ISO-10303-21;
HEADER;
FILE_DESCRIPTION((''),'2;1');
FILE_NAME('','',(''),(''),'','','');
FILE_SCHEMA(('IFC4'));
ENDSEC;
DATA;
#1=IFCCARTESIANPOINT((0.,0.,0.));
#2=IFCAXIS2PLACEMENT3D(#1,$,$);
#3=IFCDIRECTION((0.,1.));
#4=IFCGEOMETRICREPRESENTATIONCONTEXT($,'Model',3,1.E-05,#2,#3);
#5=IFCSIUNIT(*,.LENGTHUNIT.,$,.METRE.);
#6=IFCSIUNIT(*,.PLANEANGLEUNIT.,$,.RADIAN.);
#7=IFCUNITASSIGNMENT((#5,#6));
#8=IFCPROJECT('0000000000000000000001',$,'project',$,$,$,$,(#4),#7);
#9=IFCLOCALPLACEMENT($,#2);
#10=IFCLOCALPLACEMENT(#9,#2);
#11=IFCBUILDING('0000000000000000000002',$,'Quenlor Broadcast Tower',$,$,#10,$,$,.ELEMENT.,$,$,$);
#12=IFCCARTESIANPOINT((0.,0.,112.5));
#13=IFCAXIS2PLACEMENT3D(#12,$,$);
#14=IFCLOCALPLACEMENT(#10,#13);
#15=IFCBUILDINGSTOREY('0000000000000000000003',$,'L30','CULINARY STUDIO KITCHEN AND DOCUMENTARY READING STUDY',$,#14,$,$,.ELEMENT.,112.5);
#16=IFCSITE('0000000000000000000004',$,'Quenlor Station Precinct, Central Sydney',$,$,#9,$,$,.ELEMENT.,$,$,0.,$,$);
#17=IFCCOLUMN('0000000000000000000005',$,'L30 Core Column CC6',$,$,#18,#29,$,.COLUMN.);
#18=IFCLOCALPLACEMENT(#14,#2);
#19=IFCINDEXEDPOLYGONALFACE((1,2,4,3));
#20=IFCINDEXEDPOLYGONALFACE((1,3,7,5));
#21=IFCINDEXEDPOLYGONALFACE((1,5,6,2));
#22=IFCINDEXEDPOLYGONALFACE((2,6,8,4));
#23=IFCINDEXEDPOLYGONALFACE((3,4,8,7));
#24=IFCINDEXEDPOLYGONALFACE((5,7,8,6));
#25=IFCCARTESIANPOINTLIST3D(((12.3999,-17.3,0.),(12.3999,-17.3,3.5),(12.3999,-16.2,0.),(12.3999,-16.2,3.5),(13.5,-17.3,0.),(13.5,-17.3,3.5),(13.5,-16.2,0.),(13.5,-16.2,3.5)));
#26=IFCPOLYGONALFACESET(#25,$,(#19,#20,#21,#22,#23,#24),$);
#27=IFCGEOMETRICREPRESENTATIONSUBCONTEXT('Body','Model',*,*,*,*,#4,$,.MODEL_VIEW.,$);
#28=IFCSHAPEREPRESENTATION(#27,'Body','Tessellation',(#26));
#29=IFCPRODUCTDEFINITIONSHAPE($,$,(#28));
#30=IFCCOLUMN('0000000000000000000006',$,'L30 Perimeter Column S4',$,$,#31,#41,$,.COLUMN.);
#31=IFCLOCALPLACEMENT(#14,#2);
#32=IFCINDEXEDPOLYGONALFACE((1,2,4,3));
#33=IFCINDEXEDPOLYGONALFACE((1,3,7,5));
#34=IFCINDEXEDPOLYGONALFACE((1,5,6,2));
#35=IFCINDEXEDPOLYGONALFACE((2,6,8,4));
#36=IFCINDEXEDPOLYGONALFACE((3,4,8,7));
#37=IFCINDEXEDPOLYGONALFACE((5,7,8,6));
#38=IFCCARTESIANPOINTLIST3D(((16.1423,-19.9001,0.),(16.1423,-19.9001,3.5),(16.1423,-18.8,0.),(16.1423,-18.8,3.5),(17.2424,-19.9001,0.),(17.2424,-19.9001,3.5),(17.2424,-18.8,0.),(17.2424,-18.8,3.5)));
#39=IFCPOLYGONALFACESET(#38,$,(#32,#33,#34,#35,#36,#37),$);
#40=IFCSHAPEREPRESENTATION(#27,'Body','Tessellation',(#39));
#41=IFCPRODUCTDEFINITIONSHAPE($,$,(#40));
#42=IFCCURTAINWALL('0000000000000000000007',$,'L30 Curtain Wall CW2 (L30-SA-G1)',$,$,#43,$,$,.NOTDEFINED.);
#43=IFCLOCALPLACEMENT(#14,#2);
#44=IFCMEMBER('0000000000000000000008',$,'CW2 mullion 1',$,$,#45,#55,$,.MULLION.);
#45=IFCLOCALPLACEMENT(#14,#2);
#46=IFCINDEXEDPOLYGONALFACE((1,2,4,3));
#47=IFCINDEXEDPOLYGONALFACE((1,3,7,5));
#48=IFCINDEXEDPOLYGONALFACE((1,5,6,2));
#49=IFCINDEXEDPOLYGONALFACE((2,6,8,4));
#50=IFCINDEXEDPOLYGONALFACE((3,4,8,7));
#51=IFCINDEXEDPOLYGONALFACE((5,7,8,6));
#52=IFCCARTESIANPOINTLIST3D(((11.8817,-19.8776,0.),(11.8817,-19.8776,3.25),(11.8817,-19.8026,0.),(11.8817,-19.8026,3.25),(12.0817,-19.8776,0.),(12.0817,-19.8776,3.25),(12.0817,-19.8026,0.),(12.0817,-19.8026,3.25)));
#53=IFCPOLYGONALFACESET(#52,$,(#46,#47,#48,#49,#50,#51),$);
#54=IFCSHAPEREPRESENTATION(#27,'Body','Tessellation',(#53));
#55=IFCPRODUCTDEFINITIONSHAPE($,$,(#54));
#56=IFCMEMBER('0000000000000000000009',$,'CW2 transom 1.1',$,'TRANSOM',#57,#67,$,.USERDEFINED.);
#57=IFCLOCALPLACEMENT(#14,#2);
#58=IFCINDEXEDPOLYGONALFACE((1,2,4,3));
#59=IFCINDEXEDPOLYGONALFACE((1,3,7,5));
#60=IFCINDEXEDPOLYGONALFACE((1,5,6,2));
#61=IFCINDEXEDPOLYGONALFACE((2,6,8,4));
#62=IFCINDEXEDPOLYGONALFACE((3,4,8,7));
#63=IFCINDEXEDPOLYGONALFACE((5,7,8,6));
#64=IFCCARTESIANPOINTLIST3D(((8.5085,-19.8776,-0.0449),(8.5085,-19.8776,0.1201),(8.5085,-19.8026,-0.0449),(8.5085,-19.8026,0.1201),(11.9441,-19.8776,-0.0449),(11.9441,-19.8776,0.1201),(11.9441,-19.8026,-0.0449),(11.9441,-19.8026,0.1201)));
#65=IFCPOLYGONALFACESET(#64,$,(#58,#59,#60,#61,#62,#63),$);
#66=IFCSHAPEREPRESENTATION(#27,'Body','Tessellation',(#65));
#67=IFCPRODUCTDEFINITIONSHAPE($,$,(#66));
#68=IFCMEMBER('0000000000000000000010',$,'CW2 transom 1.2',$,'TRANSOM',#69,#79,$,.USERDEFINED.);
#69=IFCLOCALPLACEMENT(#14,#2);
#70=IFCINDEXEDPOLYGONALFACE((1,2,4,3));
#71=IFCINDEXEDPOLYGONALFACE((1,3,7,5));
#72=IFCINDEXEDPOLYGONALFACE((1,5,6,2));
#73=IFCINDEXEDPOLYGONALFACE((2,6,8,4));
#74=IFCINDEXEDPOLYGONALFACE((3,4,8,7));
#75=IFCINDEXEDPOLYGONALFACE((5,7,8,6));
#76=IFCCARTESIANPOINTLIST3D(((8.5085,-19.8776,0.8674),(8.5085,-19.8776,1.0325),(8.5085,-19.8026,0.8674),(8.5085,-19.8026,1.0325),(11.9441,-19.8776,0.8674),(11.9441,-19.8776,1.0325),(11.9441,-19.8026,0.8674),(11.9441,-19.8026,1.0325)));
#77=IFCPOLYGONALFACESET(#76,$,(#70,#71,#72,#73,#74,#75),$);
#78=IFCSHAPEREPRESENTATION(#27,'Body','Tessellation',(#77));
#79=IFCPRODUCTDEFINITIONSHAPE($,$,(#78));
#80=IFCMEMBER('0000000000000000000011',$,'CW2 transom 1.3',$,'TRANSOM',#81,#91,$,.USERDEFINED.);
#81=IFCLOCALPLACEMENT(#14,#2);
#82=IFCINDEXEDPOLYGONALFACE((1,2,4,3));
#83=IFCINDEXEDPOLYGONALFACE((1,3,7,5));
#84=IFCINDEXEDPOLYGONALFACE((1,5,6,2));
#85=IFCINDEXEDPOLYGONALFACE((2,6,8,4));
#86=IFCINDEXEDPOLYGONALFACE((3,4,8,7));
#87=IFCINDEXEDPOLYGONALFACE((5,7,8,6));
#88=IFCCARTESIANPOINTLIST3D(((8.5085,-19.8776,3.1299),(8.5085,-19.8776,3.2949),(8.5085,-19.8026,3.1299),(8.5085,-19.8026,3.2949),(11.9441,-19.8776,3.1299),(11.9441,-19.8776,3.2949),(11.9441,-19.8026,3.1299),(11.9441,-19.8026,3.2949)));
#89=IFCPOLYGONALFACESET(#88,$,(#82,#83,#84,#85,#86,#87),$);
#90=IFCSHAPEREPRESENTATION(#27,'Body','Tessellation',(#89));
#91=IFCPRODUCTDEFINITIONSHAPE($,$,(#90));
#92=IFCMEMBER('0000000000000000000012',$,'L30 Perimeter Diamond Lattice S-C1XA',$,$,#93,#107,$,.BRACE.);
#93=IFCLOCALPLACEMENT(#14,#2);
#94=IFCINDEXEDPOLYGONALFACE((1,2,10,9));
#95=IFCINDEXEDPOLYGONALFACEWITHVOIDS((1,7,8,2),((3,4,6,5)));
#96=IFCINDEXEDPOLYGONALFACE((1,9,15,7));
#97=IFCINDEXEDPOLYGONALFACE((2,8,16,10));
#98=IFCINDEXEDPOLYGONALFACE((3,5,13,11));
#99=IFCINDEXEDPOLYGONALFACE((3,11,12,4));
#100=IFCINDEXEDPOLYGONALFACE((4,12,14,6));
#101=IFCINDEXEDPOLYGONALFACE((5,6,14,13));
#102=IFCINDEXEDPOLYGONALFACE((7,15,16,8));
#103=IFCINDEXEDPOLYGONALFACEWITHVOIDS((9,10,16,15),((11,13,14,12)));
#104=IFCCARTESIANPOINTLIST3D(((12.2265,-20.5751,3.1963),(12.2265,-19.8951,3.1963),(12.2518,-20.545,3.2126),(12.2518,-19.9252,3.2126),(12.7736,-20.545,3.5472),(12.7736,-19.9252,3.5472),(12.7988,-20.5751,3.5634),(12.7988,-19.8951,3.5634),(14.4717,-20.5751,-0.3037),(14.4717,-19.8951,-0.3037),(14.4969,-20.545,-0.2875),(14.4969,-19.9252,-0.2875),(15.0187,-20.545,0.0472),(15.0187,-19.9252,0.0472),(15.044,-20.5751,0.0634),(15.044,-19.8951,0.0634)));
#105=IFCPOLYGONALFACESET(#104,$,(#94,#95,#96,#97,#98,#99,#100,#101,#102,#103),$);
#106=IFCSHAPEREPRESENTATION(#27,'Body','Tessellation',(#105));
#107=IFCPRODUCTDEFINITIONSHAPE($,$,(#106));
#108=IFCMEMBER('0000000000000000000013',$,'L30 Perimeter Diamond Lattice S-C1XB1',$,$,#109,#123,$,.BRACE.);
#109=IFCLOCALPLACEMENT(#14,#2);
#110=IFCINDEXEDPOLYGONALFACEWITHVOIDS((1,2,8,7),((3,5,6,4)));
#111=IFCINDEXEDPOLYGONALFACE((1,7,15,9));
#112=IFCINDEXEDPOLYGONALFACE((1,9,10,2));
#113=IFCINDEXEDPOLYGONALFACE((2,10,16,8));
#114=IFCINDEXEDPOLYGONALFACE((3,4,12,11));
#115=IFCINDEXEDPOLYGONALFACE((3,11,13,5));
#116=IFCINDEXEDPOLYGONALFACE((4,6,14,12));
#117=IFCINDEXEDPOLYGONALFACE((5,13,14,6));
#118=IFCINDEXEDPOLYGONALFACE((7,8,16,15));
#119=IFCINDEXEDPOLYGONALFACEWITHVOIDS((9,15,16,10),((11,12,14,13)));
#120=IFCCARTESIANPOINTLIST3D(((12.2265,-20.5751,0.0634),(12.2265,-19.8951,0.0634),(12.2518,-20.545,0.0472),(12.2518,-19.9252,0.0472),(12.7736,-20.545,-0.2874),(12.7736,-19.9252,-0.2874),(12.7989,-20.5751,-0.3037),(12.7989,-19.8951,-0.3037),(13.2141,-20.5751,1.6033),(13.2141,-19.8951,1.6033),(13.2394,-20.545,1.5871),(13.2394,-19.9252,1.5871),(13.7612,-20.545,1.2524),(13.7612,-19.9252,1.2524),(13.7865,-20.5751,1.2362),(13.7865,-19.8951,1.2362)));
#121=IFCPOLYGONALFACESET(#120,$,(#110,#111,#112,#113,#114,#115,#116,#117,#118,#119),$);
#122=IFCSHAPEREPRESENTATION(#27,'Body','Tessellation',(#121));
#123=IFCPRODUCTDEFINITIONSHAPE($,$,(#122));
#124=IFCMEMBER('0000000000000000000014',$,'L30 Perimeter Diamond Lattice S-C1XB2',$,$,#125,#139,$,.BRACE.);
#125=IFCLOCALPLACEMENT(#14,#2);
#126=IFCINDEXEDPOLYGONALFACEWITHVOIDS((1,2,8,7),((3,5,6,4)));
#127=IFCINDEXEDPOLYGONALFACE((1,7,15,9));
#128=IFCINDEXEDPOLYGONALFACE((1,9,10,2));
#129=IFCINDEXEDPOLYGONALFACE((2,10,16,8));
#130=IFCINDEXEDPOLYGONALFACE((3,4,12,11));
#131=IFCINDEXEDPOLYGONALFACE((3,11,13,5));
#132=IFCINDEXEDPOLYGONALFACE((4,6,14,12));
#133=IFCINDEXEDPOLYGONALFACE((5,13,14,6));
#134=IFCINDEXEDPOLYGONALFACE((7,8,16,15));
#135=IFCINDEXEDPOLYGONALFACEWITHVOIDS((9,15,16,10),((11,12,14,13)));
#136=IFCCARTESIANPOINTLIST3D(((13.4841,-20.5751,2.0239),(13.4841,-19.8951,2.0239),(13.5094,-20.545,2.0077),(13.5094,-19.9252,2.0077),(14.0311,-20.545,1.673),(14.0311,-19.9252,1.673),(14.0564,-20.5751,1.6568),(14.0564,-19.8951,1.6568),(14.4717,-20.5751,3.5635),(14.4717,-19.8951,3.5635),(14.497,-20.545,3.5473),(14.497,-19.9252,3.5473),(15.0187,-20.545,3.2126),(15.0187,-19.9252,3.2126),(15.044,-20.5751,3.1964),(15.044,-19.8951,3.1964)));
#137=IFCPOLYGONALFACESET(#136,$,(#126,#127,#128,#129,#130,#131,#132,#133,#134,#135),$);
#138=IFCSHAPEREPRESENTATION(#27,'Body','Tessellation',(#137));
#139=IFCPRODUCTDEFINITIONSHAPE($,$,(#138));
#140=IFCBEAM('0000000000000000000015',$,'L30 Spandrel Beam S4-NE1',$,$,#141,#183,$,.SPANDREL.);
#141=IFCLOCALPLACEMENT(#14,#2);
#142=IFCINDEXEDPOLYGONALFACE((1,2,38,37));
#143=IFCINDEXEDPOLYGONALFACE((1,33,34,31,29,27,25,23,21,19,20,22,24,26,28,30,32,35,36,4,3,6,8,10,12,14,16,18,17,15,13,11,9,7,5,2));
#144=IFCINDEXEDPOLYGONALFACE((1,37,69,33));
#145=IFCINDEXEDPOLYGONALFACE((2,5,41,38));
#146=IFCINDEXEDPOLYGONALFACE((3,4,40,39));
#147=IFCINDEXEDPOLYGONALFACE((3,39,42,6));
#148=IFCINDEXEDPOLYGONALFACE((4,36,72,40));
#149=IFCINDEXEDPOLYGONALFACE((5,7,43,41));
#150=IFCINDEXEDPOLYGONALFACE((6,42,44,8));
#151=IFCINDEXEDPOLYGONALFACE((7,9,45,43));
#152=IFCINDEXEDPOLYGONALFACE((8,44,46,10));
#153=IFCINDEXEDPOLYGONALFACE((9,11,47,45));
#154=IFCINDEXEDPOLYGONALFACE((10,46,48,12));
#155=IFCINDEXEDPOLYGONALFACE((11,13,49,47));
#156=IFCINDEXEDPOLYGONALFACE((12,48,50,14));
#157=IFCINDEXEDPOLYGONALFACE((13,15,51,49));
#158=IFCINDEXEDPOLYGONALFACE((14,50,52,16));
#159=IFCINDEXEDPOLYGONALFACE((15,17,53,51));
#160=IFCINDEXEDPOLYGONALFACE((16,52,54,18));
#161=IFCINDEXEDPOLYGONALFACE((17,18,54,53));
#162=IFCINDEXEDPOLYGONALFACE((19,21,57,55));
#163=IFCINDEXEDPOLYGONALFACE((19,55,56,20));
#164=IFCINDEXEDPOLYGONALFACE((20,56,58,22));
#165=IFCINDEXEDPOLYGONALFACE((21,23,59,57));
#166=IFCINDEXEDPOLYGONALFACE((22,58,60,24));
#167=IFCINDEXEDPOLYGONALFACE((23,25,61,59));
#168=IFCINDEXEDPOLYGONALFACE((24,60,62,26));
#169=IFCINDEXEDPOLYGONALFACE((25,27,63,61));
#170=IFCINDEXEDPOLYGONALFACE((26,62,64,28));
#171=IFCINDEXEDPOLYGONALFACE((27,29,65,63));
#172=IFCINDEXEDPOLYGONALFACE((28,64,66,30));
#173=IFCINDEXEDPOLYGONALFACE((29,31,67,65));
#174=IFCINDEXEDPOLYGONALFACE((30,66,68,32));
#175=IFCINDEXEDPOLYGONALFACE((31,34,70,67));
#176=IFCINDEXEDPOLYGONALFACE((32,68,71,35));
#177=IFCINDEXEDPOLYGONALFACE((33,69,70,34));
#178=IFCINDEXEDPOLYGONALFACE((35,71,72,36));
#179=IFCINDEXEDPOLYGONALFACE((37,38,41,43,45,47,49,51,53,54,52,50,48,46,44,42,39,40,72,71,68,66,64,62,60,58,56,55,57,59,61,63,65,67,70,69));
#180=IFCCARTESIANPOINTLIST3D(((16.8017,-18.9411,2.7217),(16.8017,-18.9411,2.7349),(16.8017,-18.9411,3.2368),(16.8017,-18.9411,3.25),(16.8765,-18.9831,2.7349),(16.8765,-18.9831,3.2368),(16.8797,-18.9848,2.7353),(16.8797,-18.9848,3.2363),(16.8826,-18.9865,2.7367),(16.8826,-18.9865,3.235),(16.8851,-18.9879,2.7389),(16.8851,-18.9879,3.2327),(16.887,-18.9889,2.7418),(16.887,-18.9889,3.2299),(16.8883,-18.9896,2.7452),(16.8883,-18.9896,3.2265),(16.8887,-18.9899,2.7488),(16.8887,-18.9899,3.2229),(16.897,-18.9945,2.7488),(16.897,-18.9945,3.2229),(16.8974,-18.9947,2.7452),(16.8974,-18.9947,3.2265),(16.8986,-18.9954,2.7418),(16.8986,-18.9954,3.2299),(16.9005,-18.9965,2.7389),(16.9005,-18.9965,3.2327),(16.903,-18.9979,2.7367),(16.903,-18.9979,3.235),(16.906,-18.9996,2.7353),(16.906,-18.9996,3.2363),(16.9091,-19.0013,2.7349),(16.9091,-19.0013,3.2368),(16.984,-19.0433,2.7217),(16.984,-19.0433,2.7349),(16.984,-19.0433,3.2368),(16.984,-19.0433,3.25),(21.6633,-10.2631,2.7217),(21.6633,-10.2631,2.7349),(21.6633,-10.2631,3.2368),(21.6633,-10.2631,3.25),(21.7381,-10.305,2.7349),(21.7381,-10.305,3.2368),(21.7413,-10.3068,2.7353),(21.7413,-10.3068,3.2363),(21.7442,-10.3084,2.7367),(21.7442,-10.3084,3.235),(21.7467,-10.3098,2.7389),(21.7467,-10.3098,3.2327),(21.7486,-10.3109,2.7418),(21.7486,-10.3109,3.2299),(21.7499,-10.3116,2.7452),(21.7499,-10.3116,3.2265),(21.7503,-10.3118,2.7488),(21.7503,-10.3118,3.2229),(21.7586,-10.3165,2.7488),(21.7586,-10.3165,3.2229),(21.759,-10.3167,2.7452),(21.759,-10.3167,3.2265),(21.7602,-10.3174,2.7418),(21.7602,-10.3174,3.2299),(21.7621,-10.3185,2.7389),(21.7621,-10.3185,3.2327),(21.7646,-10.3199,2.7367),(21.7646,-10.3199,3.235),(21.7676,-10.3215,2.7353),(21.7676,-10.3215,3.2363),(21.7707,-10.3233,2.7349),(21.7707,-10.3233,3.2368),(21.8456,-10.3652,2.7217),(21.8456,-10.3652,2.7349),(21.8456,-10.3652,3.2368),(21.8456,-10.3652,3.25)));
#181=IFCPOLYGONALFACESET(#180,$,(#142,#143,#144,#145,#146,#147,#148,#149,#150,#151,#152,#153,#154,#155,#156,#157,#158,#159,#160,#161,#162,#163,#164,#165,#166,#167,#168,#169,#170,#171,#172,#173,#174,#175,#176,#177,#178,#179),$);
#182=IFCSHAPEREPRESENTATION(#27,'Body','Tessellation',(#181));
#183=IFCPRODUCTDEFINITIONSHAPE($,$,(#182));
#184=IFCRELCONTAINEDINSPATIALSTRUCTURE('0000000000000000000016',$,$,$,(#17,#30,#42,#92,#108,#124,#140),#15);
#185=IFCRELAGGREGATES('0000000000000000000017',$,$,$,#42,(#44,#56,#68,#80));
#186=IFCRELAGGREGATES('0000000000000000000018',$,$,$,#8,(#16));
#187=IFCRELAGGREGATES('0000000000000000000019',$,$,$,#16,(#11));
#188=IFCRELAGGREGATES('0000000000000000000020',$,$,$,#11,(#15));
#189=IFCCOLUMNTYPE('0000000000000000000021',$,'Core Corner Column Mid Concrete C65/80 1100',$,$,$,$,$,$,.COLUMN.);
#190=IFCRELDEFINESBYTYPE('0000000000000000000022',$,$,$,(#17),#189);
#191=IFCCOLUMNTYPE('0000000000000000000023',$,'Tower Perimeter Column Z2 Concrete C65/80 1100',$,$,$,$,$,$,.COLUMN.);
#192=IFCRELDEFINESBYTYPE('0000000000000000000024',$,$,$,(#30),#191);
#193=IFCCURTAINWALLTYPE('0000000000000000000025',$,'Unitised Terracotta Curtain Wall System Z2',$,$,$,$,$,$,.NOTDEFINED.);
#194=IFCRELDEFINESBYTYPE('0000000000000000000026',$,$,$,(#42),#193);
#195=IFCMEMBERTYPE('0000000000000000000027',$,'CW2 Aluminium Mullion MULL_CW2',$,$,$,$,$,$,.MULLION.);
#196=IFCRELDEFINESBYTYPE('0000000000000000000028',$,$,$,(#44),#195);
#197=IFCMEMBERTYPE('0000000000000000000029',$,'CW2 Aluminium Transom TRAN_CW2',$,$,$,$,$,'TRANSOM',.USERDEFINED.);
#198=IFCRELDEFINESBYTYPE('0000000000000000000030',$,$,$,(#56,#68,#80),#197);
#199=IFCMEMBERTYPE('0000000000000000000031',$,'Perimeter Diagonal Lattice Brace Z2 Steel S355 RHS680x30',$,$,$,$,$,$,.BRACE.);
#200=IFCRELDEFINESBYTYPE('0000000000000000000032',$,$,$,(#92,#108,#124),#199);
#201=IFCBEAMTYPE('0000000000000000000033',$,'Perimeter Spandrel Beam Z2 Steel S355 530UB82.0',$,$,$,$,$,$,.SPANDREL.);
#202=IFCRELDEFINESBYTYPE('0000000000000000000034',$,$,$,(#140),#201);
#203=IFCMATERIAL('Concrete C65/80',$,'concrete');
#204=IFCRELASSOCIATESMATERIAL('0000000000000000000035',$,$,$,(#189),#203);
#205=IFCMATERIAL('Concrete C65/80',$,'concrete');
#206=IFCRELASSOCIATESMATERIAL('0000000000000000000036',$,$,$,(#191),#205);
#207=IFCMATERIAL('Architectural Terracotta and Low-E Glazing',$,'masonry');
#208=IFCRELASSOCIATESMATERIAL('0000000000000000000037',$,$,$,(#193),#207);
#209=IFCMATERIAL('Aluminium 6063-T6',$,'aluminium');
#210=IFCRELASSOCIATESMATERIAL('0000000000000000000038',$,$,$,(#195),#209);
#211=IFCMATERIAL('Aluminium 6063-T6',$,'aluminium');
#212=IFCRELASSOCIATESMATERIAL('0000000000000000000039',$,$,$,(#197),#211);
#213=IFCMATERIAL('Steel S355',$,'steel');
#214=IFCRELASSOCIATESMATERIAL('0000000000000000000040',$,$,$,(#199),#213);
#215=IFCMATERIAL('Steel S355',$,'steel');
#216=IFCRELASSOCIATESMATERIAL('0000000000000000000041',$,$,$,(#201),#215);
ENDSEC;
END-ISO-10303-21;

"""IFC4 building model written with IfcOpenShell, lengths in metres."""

from ifc_helpers import new_model, si_unit, direction, frame, origin, origin_2d, place, context, subcontext, project, spatial, rectangle, hollow_rectangle, i_section, extrude, material, material_profile, profile_set, type_object, element, aggregate, save


model = new_model("IFC4")

# Units and contexts
model_context = context("Model", 3, precision=1e-05, world=origin(), true_north=direction((0.0, 1.0)))
body_context = subcontext(model_context, "Body", "Model", "MODEL_VIEW")
ifc_project = project(units=[si_unit("LENGTHUNIT", "METRE"), si_unit("PLANEANGLEUNIT", "RADIAN")], contexts=[model_context])

# Site, building, storey
site_placement = place(None, origin())
site = spatial("IfcSite", under=ifc_project, at=site_placement, Name="Quenlor Station Precinct, Central Sydney", CompositionType="ELEMENT", RefElevation=0.0)
building_placement = place(site_placement, origin())
building = spatial("IfcBuilding", under=site, at=building_placement, Name="Quenlor Broadcast Tower", CompositionType="ELEMENT")
storey_placement = place(building_placement, frame((0.0, 0.0, 112.5)))
storey = spatial("IfcBuildingStorey", under=building, at=storey_placement, Name="L30", Description="CULINARY STUDIO KITCHEN AND DOCUMENTARY READING STUDY", CompositionType="ELEMENT", Elevation=112.5)

# Columns
ifc_material_1 = material(Name="Concrete C65/80", Category="concrete")
ifc_material_profile_1 = material_profile(ifc_material_1, rectangle(XDim=1.1001, YDim=1.1001, at=origin_2d()))
ifc_profile_set_1 = profile_set([ifc_material_profile_1], Name="Concrete C65/80 RC1100x1100")
column_type_1 = type_object("IfcColumnType", Name="Core Corner Column Mid Concrete C65/80 1100", PredefinedType="COLUMN", material=ifc_profile_set_1)
column_1_placement = place(storey_placement, frame((12.95, -16.75, 0.0), z_axis=(0.0, 0.0, 1.0), x_axis=(1.0, 0.0, 0.0)))
element("IfcColumn", 1, at=column_1_placement, inside=storey, type_object=column_type_1, Name="L30 Core Column CC6", PredefinedType="COLUMN", context=body_context, shape_type="SweptSolid", body=[
    extrude(rectangle(XDim=1.1001, YDim=1.1001, at=origin_2d()), origin(), (0.0, 0.0, 1.0), 3.5),
])
ifc_material_2 = material(Name="Concrete C65/80", Category="concrete")
ifc_material_profile_2 = material_profile(ifc_material_2, rectangle(XDim=1.1001, YDim=1.1001, at=origin_2d()))
ifc_profile_set_2 = profile_set([ifc_material_profile_2], Name="Concrete C65/80 RC1100x1100")
column_type_2 = type_object("IfcColumnType", Name="Tower Perimeter Column Z2 Concrete C65/80 1100", PredefinedType="COLUMN", material=ifc_profile_set_2)
column_2_placement = place(storey_placement, frame((16.6924, -19.3501, 0.0), z_axis=(0.0, 0.0, 1.0), x_axis=(0.0, 1.0, 0.0)))
element("IfcColumn", 2, at=column_2_placement, inside=storey, type_object=column_type_2, Name="L30 Perimeter Column S4", PredefinedType="COLUMN", context=body_context, shape_type="SweptSolid", body=[
    extrude(rectangle(XDim=1.1001, YDim=1.1001, at=origin_2d()), origin(), (0.0, 0.0, 1.0), 3.5),
])

# Curtain wall, members
ifc_material_3 = material(Name="Architectural Terracotta and Low-E Glazing", Category="masonry")
curtain_wall_type = type_object("IfcCurtainWallType", Name="Unitised Terracotta Curtain Wall System Z2", PredefinedType="NOTDEFINED", material=ifc_material_3)
curtain_wall_placement = place(storey_placement, origin())
curtain_wall = element("IfcCurtainWall", 3, at=curtain_wall_placement, inside=storey, type_object=curtain_wall_type, Name="L30 Curtain Wall CW2 (L30-SA-G1)", PredefinedType="NOTDEFINED")
ifc_material_4 = material(Name="Aluminium 6063-T6", Category="aluminium")
ifc_material_profile_3 = material_profile(ifc_material_4, rectangle(XDim=0.075, YDim=0.2, at=origin_2d()))
ifc_profile_set_3 = profile_set([ifc_material_profile_3], Name="Aluminium 6063-T6 MULL75x200")
member_type_1 = type_object("IfcMemberType", Name="CW2 Aluminium Mullion MULL_CW2", PredefinedType="MULLION", material=ifc_profile_set_3)
member_1_placement = place(storey_placement, frame((11.9817, -19.8401, 0.0), z_axis=(0.0, 0.0, 1.0), x_axis=(0.0, -1.0, 0.0)))
member_1 = element("IfcMember", 4, at=member_1_placement, type_object=member_type_1, Name="CW2 mullion 1", PredefinedType="MULLION", context=body_context, shape_type="SweptSolid", body=[
    extrude(rectangle(XDim=0.075, YDim=0.2, at=origin_2d()), origin(), (0.0, 0.0, 1.0), 3.25),
])
ifc_material_5 = material(Name="Aluminium 6063-T6", Category="aluminium")
ifc_material_profile_4 = material_profile(ifc_material_5, rectangle(XDim=0.075, YDim=0.165, at=origin_2d()))
ifc_profile_set_4 = profile_set([ifc_material_profile_4], Name="Aluminium 6063-T6 TRAN75x165")
member_type_2 = type_object("IfcMemberType", Name="CW2 Aluminium Transom TRAN_CW2", ElementType="TRANSOM", PredefinedType="USERDEFINED", material=ifc_profile_set_4)
member_2_placement = place(storey_placement, frame((11.9441, -19.8401, 0.0376), z_axis=(-1.0, 0.0, 0.0), x_axis=(0.0, -1.0, 0.0)))
member_2 = element("IfcMember", 5, at=member_2_placement, type_object=member_type_2, Name="CW2 transom 1.1", ObjectType="TRANSOM", PredefinedType="USERDEFINED", context=body_context, shape_type="SweptSolid", body=[
    extrude(rectangle(XDim=0.075, YDim=0.165, at=origin_2d()), origin(), (0.0, 0.0, 1.0), 3.4355),
])
member_3_placement = place(storey_placement, frame((11.9441, -19.8401, 0.95), z_axis=(-1.0, 0.0, 0.0), x_axis=(0.0, -1.0, 0.0)))
member_3 = element("IfcMember", 6, at=member_3_placement, type_object=member_type_2, Name="CW2 transom 1.2", ObjectType="TRANSOM", PredefinedType="USERDEFINED", context=body_context, shape_type="SweptSolid", body=[
    extrude(rectangle(XDim=0.075, YDim=0.165, at=origin_2d()), origin(), (0.0, 0.0, 1.0), 3.4355),
])
member_4_placement = place(storey_placement, frame((11.9441, -19.8401, 3.2124), z_axis=(-1.0, 0.0, 0.0), x_axis=(0.0, -1.0, 0.0)))
member_4 = element("IfcMember", 7, at=member_4_placement, type_object=member_type_2, Name="CW2 transom 1.3", ObjectType="TRANSOM", PredefinedType="USERDEFINED", context=body_context, shape_type="SweptSolid", body=[
    extrude(rectangle(XDim=0.075, YDim=0.165, at=origin_2d()), origin(), (0.0, 0.0, 1.0), 3.4355),
])
aggregate(curtain_wall, [member_1, member_2, member_3, member_4])

# Members
ifc_material_6 = material(Name="Steel S355", Category="steel")
ifc_material_profile_5 = material_profile(ifc_material_6, hollow_rectangle(XDim=0.6799, YDim=0.6799, WallThickness=0.03, at=origin_2d()))
ifc_profile_set_5 = profile_set([ifc_material_profile_5], Name="Steel S355 RHS680x680x30")
member_type_3 = type_object("IfcMemberType", Name="Perimeter Diagonal Lattice Brace Z2 Steel S355 RHS680x30", PredefinedType="BRACE", material=ifc_profile_set_5)
member_5_placement = place(storey_placement, frame((14.7578, -20.2351, -0.1201), z_axis=(-0.539926, 0.0, 0.841712), x_axis=(0.0, -1.0, 0.0)))
element("IfcMember", 8, at=member_5_placement, inside=storey, type_object=member_type_3, Name="L30 Perimeter Diamond Lattice S-C1XA", PredefinedType="BRACE", context=body_context, shape_type="SweptSolid", body=[
    extrude(hollow_rectangle(XDim=0.6799, YDim=0.6799, WallThickness=0.03, at=origin_2d()), origin(), (0.0, 0.0, 1.0), 4.1582),
])
member_6_placement = place(storey_placement, frame((12.5127, -20.2351, -0.1201), z_axis=(0.53986, 0.0, 0.841755), x_axis=(0.0, 1.0, 0.0)))
element("IfcMember", 9, at=member_6_placement, inside=storey, type_object=member_type_3, Name="L30 Perimeter Diamond Lattice S-C1XB1", PredefinedType="BRACE", context=body_context, shape_type="SweptSolid", body=[
    extrude(hollow_rectangle(XDim=0.6799, YDim=0.6799, WallThickness=0.03, at=origin_2d()), origin(), (0.0, 0.0, 1.0), 1.8293),
])
member_7_placement = place(storey_placement, frame((13.7703, -20.2351, 1.8403), z_axis=(0.539921, 0.0, 0.841716), x_axis=(0.0, 1.0, 0.0)))
element("IfcMember", 10, at=member_7_placement, inside=storey, type_object=member_type_3, Name="L30 Perimeter Diamond Lattice S-C1XB2", PredefinedType="BRACE", context=body_context, shape_type="SweptSolid", body=[
    extrude(hollow_rectangle(XDim=0.6799, YDim=0.6799, WallThickness=0.03, at=origin_2d()), origin(), (0.0, 0.0, 1.0), 1.8291),
])

# Beam
ifc_material_7 = material(Name="Steel S355", Category="steel")
ifc_material_profile_6 = material_profile(ifc_material_7, i_section(OverallWidth=0.209, OverallDepth=0.5283, WebThickness=0.0095, FlangeThickness=0.0132, FilletRadius=0.0139, at=origin_2d()))
ifc_profile_set_6 = profile_set([ifc_material_profile_6], Name="Steel S355 530UB82.0")
beam_type_1 = type_object("IfcBeamType", Name="Perimeter Spandrel Beam Z2 Steel S355 530UB82.0", PredefinedType="SPANDREL", material=ifc_profile_set_6)
beam_1_placement = place(storey_placement, frame((16.8928, -18.9922, 2.9858), z_axis=(0.488749, 0.872424, 0.0), x_axis=(-0.872424, 0.488749, 0.0)))
element("IfcBeam", 11, at=beam_1_placement, inside=storey, type_object=beam_type_1, Name="L30 Spandrel Beam S4-NE1", PredefinedType="SPANDREL", context=body_context, shape_type="SweptSolid", body=[
    extrude(i_section(OverallWidth=0.209, OverallDepth=0.5283, WebThickness=0.0095, FlangeThickness=0.0132, FilletRadius=0.0139, at=origin_2d()), origin(), (0.0, 0.0, 1.0), 9.947),
])

save(model, "model.ifc")
